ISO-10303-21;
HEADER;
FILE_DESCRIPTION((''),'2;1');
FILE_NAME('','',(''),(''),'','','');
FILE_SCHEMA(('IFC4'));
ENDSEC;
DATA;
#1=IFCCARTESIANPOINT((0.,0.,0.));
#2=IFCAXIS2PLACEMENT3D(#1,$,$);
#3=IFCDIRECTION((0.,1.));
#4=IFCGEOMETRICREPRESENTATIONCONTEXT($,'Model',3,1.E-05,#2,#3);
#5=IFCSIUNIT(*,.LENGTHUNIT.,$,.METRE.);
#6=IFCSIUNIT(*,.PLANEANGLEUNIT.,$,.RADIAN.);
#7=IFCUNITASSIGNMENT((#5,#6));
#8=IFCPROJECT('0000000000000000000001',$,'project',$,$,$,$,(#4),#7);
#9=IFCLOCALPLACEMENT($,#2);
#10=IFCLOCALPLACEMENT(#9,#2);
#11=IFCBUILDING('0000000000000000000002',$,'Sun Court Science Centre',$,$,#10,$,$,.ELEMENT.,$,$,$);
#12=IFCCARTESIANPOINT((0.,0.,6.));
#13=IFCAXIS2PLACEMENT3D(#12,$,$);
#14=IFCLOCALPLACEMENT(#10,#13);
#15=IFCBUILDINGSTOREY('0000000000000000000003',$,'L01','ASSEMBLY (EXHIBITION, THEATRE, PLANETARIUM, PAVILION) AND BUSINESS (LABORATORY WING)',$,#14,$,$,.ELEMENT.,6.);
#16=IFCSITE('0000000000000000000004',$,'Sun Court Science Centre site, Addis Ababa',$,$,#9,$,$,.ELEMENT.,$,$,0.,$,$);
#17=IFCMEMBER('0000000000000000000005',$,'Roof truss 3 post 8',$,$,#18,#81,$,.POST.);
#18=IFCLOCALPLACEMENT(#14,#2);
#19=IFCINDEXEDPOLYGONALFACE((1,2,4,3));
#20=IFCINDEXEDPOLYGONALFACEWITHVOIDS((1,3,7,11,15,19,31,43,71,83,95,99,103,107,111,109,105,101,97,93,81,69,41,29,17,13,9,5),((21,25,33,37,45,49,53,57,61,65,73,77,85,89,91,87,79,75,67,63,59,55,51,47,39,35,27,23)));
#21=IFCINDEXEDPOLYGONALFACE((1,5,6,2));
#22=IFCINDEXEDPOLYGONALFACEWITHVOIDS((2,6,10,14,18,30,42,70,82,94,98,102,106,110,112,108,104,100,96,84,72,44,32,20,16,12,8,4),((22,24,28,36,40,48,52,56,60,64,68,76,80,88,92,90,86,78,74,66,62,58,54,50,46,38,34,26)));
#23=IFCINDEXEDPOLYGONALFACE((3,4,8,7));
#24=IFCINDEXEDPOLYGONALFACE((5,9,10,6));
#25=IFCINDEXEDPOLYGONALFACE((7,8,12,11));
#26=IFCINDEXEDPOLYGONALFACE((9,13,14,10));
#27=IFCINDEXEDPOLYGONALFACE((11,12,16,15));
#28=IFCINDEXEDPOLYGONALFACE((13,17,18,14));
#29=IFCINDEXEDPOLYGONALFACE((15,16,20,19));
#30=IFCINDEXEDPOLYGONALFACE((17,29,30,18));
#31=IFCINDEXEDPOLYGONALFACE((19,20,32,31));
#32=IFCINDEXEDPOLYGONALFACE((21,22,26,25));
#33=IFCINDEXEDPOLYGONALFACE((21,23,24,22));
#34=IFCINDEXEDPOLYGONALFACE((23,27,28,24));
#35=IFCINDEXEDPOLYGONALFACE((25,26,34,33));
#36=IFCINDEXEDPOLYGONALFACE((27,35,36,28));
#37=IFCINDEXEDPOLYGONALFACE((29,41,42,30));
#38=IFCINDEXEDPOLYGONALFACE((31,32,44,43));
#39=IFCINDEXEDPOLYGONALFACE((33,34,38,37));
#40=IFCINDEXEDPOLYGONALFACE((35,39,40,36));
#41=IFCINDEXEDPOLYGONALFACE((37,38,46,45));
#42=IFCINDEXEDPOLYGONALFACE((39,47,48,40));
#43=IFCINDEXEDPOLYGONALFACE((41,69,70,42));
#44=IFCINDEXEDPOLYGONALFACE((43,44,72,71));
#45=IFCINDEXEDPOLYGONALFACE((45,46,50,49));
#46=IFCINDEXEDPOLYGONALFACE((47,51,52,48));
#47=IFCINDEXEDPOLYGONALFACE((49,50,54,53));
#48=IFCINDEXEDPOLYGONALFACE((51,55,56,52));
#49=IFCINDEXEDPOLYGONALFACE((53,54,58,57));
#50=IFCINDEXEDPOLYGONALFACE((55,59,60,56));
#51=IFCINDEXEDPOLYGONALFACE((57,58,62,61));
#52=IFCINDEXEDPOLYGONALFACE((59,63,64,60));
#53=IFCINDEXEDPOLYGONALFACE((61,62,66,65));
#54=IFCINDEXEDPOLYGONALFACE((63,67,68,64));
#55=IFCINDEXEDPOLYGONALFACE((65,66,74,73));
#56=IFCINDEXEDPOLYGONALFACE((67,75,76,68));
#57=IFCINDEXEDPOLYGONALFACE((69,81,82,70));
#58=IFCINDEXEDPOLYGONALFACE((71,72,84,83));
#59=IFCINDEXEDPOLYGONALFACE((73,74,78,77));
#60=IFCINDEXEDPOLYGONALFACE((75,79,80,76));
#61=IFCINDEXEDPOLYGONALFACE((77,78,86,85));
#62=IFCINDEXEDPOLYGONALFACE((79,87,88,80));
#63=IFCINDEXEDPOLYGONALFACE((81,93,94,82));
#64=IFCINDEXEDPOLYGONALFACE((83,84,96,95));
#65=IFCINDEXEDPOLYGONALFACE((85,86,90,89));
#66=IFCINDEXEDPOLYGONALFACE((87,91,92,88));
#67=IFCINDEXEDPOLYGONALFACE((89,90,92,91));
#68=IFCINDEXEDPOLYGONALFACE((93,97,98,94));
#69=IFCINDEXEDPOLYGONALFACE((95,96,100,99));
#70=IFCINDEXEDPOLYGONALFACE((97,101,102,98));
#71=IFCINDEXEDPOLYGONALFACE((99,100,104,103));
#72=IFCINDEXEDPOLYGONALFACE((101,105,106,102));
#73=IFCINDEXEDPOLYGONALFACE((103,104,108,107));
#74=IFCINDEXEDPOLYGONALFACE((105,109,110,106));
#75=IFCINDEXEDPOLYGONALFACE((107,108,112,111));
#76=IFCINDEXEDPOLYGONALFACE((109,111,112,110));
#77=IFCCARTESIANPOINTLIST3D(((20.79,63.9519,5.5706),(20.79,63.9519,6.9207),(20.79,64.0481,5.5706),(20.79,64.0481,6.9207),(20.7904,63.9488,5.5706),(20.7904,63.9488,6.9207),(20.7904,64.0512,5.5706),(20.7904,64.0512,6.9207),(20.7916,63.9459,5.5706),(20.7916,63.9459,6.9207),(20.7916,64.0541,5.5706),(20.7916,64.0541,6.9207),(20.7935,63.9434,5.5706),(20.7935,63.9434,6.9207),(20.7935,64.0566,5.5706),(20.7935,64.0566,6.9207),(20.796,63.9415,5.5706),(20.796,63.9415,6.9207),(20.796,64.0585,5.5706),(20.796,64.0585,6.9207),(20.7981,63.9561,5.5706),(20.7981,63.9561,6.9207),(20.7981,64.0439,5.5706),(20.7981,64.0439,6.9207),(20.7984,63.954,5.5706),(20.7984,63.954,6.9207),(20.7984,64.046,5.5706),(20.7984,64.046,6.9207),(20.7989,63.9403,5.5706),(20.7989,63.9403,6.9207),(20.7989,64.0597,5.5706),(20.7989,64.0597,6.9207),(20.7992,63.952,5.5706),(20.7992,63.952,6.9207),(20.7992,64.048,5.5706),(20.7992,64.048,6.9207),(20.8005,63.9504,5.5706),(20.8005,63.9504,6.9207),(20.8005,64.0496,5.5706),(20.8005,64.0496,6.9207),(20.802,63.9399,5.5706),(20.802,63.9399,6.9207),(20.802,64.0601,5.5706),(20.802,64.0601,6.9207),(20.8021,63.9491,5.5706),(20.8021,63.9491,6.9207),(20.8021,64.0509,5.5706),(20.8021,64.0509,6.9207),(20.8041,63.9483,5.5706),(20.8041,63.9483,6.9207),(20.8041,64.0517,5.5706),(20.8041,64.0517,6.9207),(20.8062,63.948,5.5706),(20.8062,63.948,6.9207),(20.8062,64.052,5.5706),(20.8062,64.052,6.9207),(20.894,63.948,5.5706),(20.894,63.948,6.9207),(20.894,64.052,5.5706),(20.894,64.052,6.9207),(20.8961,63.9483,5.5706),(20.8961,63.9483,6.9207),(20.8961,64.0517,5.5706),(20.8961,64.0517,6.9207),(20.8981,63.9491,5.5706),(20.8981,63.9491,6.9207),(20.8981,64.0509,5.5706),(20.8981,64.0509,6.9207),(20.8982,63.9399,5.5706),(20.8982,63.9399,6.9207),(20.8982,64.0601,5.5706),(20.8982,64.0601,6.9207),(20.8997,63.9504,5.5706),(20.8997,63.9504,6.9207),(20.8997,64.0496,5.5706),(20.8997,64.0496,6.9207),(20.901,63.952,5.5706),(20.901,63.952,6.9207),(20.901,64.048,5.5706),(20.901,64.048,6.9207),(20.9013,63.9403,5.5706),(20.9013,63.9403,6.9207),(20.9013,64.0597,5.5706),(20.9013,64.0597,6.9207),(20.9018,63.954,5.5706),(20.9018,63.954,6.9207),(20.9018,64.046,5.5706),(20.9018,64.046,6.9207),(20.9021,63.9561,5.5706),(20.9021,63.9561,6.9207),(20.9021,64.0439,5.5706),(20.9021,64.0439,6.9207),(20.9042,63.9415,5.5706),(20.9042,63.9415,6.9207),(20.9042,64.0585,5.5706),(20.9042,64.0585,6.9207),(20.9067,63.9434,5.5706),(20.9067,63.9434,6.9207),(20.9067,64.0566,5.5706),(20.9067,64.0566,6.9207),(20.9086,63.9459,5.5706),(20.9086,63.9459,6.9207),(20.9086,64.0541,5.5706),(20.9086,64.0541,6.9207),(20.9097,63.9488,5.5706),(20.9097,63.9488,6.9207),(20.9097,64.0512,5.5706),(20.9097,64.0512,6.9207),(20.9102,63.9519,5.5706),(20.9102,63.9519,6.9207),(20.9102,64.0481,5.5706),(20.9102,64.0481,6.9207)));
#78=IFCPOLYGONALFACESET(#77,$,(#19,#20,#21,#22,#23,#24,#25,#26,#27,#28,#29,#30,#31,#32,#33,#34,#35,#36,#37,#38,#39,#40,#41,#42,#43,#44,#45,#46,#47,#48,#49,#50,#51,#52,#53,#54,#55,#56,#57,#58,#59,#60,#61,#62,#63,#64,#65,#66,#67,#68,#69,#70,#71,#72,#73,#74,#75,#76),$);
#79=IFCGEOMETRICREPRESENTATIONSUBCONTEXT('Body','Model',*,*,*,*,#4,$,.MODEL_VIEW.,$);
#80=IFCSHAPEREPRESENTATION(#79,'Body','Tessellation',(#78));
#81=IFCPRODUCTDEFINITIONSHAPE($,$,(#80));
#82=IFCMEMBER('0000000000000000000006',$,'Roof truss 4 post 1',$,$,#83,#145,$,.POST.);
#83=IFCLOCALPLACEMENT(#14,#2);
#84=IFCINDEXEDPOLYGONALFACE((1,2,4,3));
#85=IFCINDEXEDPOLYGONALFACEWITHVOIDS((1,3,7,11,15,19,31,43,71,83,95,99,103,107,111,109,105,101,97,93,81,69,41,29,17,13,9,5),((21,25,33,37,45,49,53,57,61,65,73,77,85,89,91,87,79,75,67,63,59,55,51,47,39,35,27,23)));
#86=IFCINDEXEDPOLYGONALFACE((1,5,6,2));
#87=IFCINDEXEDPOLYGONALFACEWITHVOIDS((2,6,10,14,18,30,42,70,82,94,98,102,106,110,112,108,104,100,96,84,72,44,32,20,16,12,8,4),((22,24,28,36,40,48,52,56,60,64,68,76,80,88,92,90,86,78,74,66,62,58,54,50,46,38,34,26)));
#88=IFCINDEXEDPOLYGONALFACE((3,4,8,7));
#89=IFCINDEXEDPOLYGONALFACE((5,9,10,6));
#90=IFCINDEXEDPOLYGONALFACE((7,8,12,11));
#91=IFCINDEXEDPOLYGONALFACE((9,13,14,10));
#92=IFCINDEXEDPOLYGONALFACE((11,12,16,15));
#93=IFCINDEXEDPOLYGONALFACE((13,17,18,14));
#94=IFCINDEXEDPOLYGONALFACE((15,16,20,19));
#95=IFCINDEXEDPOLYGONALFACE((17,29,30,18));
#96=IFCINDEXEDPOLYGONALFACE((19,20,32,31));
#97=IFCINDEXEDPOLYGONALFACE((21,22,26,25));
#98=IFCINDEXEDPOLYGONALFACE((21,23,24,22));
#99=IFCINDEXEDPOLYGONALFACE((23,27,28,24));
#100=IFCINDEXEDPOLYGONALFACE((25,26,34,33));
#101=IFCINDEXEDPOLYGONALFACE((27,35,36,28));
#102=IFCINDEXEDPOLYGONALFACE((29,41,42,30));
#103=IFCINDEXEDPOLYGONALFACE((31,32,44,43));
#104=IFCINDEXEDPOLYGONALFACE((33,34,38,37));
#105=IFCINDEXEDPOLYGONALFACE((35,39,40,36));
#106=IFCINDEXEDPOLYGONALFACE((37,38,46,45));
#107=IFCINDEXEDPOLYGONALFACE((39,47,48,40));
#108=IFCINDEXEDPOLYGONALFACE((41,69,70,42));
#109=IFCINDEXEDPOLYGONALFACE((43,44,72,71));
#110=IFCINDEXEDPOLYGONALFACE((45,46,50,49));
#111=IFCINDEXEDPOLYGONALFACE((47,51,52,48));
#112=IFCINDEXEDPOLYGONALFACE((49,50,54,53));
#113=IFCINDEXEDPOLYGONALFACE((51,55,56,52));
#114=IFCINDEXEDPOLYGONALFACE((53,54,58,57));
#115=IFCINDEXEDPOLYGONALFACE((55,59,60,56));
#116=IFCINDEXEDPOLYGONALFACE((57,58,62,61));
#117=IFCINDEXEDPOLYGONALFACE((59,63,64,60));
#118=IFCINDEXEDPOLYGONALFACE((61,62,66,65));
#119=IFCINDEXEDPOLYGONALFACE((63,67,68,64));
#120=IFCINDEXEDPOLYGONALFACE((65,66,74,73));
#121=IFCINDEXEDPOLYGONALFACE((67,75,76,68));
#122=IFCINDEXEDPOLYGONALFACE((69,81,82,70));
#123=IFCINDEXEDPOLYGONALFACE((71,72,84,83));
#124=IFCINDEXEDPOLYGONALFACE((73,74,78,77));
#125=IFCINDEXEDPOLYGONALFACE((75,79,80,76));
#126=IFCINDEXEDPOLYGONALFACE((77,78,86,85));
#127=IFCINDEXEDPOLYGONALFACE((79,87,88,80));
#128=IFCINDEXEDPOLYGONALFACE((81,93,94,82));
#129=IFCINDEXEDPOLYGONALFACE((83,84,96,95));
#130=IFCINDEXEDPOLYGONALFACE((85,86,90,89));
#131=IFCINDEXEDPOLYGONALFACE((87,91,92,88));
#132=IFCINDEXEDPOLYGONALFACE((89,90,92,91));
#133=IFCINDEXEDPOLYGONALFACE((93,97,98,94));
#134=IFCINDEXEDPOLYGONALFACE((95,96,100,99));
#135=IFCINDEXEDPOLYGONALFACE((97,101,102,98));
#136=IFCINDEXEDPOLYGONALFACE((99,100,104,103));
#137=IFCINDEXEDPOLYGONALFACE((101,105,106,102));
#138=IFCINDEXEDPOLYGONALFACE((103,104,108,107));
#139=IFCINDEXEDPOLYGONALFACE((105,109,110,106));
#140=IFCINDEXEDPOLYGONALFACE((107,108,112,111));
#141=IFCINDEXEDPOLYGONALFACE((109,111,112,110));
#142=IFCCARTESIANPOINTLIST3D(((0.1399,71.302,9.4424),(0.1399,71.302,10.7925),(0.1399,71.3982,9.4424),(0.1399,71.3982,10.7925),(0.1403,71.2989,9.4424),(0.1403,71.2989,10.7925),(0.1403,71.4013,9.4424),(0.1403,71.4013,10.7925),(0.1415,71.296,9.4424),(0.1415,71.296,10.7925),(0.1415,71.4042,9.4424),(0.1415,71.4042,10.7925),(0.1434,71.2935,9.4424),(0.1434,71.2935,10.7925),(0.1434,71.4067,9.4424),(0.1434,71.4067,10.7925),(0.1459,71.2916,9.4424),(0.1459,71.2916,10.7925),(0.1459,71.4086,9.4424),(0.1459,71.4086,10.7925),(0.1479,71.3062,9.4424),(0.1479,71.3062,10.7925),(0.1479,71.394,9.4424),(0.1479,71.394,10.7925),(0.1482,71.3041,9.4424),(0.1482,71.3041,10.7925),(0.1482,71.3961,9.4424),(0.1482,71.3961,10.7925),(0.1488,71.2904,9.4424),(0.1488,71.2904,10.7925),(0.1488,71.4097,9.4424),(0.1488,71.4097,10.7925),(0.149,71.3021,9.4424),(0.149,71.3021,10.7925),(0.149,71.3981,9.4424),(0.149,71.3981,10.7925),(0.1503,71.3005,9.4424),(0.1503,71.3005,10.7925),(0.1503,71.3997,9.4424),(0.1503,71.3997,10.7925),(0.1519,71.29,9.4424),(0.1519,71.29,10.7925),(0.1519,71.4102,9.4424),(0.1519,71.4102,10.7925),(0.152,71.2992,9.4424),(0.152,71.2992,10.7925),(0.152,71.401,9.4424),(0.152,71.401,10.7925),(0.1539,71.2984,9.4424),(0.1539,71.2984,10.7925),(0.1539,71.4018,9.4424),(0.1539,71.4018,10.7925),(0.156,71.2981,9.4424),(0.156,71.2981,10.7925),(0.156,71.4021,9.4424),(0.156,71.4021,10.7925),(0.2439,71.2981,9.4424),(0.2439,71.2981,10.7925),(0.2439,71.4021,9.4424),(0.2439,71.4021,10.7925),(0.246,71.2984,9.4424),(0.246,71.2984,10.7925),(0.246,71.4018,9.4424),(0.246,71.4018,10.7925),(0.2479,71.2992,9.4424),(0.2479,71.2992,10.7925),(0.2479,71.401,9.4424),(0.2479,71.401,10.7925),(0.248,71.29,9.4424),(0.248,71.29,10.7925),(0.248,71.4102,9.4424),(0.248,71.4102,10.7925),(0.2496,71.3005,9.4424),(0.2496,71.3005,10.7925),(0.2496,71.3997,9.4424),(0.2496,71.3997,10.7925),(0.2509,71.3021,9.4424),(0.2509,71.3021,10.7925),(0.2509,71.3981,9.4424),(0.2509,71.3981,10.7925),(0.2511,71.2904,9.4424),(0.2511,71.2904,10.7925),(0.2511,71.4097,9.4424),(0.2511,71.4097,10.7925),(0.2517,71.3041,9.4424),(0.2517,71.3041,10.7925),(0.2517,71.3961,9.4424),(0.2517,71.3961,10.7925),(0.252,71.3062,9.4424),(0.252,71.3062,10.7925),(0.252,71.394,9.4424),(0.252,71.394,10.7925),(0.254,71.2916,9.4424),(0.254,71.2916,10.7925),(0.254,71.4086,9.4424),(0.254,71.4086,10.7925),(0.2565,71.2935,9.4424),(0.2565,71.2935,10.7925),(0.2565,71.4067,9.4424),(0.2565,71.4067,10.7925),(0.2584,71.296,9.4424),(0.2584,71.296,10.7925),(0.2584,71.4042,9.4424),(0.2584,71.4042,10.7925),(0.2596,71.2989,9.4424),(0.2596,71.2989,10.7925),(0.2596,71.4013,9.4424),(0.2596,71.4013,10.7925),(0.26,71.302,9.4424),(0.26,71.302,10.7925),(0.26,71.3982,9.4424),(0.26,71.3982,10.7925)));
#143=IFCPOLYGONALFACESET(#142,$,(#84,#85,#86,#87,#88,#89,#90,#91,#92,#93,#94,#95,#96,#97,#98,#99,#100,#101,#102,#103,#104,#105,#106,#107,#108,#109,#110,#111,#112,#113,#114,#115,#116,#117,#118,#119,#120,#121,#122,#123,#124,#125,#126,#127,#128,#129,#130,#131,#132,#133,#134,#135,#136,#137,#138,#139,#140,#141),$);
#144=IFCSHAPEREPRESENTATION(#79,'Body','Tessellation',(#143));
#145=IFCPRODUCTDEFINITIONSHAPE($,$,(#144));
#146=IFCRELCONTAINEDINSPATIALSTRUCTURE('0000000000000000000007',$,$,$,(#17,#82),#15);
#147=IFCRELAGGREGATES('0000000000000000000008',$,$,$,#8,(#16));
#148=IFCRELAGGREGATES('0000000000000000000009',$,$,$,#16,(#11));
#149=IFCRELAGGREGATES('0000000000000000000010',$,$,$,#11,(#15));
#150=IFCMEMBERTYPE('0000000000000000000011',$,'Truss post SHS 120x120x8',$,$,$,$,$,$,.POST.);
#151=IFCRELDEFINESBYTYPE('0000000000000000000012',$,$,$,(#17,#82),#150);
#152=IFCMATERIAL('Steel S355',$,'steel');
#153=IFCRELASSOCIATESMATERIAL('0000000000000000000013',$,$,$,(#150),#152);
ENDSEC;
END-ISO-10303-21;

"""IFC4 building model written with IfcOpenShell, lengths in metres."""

from ifc_helpers import new_model, si_unit, direction, frame, origin, origin_2d, place, context, subcontext, project, spatial, hollow_rectangle, extrude, material, material_profile, profile_set, type_object, element, save


model = new_model("IFC4")

# Units and contexts
model_context = context("Model", 3, precision=1e-05, world=origin(), true_north=direction((0.0, 1.0)))
body_context = subcontext(model_context, "Body", "Model", "MODEL_VIEW")
ifc_project = project(units=[si_unit("LENGTHUNIT", "METRE"), si_unit("PLANEANGLEUNIT", "RADIAN")], contexts=[model_context])

# Site, building, storey
site_placement = place(None, origin())
site = spatial("IfcSite", under=ifc_project, at=site_placement, Name="Sun Court Science Centre site, Addis Ababa", CompositionType="ELEMENT", RefElevation=0.0)
building_placement = place(site_placement, origin())
building = spatial("IfcBuilding", under=site, at=building_placement, Name="Sun Court Science Centre", CompositionType="ELEMENT")
storey_placement = place(building_placement, frame((0.0, 0.0, 6.0)))
storey = spatial("IfcBuildingStorey", under=building, at=storey_placement, Name="L01", Description="ASSEMBLY (EXHIBITION, THEATRE, PLANETARIUM, PAVILION) AND BUSINESS (LABORATORY WING)", CompositionType="ELEMENT", Elevation=6.0)

# Members
ifc_material_1 = material(Name="Steel S355", Category="steel")
ifc_material_profile_1 = material_profile(ifc_material_1, hollow_rectangle(XDim=0.1201, YDim=0.1201, WallThickness=0.0081, InnerFilletRadius=0.0081, OuterFilletRadius=0.012, at=origin_2d()), Name="SHS 120x120x8")
ifc_profile_set_1 = profile_set([ifc_material_profile_1], Name="Steel S355")
member_type_1 = type_object("IfcMemberType", Name="Truss post SHS 120x120x8", PredefinedType="POST", material=ifc_profile_set_1)
for number, where, z_axis, x_axis, name in (
    (1, (20.8501, 64.0, 5.5706), (0.0, 0.0, 1.0), (1.0, 0.0, 0.0), "Roof truss 3 post 8"),
    (2, (0.2, 71.3501, 9.4424), (0.0, 0.0, 1.0), (1.0, 0.0, 0.0), "Roof truss 4 post 1"),
):
    element("IfcMember", number, at=place(storey_placement, frame(where, z_axis=z_axis, x_axis=x_axis)), inside=storey, type_object=member_type_1, Name=name, PredefinedType="POST", context=body_context, shape_type="SweptSolid", body=[
        extrude(hollow_rectangle(XDim=0.1201, YDim=0.1201, WallThickness=0.0081, InnerFilletRadius=0.0081, OuterFilletRadius=0.012, at=origin_2d()), origin(), (0.0, 0.0, 1.0), 1.3501),
    ])

save(model, "model.ifc")
